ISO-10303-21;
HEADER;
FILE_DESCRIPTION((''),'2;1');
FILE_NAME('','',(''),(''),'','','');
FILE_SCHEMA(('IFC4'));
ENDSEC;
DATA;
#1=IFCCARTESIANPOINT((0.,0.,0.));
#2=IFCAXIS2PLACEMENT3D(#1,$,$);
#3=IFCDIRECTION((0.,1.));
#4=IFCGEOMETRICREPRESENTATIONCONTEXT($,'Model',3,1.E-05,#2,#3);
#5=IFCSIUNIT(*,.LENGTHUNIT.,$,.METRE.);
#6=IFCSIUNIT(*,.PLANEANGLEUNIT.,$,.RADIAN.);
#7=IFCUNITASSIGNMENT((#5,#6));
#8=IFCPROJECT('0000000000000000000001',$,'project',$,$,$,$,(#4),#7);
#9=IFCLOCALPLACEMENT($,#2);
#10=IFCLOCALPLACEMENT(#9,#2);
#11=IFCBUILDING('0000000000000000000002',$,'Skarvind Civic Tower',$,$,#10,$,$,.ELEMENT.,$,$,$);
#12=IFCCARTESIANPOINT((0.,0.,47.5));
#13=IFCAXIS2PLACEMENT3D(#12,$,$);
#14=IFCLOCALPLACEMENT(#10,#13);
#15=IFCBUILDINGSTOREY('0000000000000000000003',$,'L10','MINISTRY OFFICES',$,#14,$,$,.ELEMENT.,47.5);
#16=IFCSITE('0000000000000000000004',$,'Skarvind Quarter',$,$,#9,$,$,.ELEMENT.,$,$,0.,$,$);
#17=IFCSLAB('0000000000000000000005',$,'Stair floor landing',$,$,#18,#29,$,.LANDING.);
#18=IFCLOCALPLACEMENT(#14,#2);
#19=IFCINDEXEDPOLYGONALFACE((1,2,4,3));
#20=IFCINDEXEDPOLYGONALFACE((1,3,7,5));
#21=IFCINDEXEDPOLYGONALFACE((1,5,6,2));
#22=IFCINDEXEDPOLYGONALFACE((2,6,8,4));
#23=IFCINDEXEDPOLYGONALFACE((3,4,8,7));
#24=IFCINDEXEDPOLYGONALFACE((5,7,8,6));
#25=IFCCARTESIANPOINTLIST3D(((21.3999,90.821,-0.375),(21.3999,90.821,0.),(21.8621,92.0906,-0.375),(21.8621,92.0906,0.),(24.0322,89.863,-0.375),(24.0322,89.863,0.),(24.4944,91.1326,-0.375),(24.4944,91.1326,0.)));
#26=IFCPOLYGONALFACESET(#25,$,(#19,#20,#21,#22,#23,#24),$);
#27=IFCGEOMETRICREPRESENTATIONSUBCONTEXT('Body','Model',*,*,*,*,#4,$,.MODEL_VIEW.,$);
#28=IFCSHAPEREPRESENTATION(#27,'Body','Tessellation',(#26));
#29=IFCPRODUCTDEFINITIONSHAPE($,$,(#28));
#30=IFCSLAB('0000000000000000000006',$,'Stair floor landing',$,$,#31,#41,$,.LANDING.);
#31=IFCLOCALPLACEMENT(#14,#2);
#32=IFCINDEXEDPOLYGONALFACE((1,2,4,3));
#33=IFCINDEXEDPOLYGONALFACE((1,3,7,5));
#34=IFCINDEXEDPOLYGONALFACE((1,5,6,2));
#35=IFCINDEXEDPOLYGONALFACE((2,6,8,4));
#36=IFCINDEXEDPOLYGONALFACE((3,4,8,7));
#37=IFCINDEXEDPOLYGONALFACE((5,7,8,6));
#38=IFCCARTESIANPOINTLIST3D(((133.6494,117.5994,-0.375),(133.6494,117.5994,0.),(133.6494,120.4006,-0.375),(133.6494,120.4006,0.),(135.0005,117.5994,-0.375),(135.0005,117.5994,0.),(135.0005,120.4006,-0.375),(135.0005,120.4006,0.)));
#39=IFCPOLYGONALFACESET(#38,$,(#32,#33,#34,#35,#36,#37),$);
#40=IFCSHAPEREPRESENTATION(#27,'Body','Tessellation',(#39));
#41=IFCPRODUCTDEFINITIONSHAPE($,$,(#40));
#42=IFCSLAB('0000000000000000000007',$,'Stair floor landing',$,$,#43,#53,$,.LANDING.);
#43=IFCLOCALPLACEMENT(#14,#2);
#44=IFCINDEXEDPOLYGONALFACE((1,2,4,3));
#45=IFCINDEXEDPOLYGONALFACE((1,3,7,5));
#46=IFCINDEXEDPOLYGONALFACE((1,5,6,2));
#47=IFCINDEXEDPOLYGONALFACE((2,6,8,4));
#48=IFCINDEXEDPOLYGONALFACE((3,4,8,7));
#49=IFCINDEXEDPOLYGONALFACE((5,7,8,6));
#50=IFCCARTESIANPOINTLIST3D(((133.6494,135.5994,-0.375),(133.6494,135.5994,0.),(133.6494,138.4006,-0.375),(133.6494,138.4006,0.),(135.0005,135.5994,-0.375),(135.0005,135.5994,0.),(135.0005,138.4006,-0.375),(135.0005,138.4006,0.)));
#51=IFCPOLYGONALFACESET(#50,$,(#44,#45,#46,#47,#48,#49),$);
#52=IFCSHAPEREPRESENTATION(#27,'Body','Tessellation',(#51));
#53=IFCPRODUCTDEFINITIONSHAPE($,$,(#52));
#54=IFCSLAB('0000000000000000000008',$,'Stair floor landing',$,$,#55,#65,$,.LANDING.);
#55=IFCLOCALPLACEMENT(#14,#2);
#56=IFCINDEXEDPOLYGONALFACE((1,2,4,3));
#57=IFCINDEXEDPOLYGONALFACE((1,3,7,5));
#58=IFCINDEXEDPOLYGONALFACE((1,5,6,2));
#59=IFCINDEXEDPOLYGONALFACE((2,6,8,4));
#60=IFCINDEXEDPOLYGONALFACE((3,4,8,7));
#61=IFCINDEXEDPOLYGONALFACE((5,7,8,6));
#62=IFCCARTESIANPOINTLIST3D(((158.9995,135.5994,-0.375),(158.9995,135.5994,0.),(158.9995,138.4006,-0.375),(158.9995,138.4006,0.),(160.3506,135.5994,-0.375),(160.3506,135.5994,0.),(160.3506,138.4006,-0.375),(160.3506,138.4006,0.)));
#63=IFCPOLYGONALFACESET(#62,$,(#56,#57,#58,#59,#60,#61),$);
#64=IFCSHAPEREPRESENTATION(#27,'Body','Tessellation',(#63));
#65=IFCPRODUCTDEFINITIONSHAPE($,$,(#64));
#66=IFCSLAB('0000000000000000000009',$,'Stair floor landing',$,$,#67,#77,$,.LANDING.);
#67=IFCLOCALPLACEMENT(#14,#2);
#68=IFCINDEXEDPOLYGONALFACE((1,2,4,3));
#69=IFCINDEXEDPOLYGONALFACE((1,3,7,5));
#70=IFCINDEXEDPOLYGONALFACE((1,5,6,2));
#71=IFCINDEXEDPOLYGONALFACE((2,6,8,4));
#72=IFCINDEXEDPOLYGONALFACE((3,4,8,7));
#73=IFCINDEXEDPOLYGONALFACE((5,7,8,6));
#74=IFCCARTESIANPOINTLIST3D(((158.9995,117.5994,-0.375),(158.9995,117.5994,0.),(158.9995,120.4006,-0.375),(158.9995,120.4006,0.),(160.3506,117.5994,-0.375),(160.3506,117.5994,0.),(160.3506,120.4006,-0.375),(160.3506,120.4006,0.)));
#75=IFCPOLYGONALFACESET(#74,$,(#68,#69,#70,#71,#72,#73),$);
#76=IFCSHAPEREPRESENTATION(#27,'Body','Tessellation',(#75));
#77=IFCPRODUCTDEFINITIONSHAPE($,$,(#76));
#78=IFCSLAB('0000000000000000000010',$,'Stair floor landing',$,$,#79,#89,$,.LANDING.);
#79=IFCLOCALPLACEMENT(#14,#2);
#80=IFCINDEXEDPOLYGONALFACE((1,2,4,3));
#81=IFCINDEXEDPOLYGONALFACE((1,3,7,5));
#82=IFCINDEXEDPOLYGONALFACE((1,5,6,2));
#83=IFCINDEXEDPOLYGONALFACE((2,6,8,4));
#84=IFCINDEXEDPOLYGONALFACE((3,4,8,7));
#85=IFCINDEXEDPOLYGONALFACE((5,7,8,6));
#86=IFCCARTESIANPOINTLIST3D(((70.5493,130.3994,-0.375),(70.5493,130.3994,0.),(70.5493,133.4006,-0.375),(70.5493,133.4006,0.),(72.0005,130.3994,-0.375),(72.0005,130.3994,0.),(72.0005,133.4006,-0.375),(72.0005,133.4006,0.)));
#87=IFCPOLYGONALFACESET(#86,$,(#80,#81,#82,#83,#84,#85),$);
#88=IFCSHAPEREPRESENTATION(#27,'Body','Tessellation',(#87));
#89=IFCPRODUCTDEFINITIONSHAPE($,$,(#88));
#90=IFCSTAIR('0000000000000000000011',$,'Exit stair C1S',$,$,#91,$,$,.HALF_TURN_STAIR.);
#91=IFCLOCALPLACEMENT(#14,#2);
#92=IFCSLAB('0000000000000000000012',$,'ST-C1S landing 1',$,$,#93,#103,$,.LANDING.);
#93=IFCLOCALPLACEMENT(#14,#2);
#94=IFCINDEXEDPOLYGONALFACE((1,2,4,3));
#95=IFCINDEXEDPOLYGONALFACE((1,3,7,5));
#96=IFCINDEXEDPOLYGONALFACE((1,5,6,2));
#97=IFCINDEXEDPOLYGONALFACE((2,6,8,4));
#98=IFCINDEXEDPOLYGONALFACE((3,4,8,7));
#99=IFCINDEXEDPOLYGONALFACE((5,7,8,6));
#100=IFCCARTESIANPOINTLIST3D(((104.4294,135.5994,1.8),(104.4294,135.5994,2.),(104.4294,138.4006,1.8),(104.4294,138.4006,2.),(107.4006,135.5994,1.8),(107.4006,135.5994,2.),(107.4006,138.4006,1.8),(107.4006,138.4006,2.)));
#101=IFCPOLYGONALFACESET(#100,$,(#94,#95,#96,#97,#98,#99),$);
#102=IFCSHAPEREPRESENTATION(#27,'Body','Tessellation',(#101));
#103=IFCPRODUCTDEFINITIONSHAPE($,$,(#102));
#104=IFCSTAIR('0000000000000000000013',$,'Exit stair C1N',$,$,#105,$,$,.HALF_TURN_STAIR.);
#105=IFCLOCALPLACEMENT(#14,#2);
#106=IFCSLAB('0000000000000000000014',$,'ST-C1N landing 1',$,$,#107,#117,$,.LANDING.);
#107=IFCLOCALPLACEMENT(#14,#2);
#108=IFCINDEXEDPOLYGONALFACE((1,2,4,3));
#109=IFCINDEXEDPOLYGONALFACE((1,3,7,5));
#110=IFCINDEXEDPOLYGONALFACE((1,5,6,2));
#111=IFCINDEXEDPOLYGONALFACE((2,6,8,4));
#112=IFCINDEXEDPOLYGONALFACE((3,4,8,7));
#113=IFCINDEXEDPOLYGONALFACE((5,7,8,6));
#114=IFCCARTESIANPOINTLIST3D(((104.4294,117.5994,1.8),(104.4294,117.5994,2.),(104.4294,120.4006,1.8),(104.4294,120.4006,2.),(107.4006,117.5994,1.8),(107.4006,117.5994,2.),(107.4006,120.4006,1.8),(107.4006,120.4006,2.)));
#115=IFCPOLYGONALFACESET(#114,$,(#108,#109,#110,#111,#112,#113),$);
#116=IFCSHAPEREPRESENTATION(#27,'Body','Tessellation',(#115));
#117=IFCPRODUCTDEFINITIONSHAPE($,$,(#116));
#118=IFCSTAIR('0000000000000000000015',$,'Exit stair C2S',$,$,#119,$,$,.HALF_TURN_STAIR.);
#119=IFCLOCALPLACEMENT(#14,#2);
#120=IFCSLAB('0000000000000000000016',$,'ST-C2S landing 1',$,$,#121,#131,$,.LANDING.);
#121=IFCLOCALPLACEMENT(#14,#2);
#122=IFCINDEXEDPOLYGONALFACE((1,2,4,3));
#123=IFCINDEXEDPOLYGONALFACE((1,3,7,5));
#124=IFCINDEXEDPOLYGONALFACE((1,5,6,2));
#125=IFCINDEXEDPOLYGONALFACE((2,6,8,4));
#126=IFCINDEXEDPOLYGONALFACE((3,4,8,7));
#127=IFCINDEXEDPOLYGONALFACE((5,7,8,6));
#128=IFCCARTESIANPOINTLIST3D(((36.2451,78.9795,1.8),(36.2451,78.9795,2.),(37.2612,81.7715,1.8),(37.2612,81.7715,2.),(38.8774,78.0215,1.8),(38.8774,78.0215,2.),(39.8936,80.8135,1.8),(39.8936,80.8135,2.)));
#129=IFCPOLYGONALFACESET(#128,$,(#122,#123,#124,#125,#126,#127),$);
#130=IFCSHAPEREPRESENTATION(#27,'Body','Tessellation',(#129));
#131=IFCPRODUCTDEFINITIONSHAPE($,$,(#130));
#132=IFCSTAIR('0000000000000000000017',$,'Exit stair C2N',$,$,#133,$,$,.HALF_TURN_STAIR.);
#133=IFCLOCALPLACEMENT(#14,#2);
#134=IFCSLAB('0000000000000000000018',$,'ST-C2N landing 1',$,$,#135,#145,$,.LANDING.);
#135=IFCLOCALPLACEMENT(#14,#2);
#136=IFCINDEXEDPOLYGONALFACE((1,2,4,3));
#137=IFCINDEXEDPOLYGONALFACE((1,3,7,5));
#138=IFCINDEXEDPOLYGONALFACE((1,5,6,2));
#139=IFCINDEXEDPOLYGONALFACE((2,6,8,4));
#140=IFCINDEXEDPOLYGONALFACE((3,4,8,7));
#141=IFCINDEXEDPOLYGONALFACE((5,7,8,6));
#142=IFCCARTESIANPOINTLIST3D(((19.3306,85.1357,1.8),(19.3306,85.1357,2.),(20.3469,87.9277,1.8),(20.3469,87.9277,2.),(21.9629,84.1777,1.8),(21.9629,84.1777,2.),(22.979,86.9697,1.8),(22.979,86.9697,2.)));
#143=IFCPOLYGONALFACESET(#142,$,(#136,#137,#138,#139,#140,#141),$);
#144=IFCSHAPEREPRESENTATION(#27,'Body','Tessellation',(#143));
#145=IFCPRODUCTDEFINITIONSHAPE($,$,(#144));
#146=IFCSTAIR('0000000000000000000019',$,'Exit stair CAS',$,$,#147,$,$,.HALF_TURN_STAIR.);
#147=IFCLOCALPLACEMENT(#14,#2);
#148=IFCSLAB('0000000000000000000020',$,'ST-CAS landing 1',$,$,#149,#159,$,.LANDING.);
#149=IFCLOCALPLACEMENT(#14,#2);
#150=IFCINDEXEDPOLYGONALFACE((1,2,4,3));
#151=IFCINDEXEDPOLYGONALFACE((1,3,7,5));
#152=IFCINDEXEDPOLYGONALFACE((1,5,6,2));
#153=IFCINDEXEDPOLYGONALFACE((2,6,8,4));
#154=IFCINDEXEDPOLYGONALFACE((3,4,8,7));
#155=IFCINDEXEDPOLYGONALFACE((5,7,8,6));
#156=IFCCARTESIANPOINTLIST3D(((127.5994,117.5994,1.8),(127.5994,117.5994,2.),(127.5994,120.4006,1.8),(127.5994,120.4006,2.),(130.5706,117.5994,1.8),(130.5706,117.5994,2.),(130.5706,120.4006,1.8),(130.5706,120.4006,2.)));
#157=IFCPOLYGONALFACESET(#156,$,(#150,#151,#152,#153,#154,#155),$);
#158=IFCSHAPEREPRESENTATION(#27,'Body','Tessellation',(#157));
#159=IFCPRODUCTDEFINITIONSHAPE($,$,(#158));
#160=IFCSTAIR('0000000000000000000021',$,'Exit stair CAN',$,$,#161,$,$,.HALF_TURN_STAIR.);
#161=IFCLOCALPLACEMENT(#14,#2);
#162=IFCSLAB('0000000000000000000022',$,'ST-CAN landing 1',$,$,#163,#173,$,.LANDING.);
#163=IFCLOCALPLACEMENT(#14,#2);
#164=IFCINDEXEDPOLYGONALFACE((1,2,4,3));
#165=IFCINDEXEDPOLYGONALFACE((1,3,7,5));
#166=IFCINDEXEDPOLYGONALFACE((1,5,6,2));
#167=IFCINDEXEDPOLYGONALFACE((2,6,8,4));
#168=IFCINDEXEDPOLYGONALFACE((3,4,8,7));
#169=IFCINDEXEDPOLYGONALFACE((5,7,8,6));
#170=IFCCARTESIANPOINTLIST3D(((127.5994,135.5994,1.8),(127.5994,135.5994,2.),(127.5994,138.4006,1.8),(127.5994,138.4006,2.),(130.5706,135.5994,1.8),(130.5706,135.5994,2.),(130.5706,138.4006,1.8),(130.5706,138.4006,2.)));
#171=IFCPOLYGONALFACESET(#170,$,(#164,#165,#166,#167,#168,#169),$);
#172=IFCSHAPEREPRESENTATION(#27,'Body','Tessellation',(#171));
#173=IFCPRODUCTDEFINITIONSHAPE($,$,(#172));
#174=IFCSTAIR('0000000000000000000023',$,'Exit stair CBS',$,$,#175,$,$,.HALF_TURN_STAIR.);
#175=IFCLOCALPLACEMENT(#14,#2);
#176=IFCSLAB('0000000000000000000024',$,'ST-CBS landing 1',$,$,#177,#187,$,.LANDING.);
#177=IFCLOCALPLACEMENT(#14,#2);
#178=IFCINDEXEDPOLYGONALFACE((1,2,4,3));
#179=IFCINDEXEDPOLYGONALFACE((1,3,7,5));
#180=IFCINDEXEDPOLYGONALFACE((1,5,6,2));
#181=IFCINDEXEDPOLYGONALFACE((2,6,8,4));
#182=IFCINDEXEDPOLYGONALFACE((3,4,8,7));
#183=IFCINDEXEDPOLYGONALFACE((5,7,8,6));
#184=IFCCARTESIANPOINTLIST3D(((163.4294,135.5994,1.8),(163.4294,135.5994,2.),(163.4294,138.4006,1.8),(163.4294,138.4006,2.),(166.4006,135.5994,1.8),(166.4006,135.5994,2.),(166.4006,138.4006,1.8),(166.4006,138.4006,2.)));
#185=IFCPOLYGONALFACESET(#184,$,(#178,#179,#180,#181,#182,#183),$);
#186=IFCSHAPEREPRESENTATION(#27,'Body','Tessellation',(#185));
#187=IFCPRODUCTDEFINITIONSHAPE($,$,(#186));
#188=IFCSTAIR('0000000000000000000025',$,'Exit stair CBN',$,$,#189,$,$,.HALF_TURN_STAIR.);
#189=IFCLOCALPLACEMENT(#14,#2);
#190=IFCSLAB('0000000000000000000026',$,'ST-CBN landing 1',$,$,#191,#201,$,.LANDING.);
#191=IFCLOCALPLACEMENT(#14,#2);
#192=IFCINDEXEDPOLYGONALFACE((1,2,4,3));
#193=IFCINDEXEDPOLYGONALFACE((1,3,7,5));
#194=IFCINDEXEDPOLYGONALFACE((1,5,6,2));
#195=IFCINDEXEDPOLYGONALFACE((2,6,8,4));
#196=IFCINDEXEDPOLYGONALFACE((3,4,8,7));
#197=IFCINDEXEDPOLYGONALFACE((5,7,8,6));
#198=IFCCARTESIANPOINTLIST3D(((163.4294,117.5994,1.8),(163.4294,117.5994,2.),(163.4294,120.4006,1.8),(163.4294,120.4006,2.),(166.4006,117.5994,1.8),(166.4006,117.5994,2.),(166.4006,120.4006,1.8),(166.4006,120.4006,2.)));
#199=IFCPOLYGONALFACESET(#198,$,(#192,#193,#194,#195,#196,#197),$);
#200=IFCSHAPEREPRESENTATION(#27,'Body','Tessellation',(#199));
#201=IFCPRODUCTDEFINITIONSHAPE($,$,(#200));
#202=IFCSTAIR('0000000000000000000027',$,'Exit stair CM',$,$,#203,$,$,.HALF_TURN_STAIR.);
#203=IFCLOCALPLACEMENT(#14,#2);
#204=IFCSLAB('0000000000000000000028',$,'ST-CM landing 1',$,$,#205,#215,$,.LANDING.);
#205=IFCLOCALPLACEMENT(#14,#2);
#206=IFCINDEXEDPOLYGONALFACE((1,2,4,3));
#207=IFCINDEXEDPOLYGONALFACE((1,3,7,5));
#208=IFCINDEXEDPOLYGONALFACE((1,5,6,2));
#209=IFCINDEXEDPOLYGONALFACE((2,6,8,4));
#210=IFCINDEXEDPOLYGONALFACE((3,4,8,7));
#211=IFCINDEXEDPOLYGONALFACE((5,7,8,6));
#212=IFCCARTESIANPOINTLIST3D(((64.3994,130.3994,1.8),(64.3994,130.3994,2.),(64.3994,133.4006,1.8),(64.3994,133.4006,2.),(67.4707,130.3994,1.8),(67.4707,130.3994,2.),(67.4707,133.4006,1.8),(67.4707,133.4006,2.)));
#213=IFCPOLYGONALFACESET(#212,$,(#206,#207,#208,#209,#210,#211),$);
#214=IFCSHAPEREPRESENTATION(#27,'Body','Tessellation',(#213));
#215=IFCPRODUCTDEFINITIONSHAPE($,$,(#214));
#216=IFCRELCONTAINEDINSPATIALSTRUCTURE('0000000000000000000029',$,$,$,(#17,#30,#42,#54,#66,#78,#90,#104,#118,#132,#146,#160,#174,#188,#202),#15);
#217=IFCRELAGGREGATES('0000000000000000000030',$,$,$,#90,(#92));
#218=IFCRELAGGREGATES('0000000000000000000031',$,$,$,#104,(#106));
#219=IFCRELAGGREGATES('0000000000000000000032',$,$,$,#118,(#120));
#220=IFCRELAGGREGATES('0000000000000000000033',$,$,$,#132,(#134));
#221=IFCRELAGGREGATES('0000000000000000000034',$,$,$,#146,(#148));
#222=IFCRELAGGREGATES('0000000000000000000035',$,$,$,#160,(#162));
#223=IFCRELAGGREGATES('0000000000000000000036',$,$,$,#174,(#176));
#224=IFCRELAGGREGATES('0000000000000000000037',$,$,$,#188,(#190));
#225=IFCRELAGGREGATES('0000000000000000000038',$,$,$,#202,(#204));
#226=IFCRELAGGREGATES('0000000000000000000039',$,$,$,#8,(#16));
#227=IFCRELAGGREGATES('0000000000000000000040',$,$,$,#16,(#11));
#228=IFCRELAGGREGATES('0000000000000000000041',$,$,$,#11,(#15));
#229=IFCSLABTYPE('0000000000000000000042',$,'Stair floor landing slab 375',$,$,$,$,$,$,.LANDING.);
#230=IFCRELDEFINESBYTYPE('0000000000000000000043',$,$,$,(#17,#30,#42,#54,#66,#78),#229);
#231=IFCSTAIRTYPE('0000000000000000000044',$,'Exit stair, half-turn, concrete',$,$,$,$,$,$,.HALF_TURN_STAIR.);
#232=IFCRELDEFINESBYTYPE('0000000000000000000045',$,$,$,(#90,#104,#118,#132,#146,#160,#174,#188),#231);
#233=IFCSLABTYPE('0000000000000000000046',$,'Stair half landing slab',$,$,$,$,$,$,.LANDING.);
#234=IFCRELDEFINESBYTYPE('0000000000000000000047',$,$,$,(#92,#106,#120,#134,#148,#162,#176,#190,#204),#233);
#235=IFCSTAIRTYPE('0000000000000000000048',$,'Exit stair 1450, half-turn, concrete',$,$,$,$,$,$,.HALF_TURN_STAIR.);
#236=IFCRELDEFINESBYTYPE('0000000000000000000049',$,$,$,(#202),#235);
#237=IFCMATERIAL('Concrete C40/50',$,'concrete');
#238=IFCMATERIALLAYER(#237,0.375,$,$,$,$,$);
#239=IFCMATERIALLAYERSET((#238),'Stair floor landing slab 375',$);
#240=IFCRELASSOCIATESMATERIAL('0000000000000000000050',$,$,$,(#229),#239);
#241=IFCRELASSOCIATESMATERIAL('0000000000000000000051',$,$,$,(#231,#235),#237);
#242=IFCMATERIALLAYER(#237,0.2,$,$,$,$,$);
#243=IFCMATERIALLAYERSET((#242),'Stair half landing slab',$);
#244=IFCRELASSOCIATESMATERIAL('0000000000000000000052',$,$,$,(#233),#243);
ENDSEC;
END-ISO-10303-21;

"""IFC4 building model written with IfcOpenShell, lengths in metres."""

from ifc_helpers import new_model, si_unit, direction, frame, origin, place, context, subcontext, project, spatial, polyline, outline, extrude, material, layer, layer_set, type_object, element, aggregate, save


model = new_model("IFC4")

# Units and contexts
model_context = context("Model", 3, precision=1e-05, world=origin(), true_north=direction((0.0, 1.0)))
body_context = subcontext(model_context, "Body", "Model", "MODEL_VIEW")
ifc_project = project(units=[si_unit("LENGTHUNIT", "METRE"), si_unit("PLANEANGLEUNIT", "RADIAN")], contexts=[model_context])

# Site, building, storey
site_placement = place(None, origin())
site = spatial("IfcSite", under=ifc_project, at=site_placement, Name="Skarvind Quarter", CompositionType="ELEMENT", RefElevation=0.0)
building_placement = place(site_placement, origin())
building = spatial("IfcBuilding", under=site, at=building_placement, Name="Skarvind Civic Tower", CompositionType="ELEMENT")
storey_placement = place(building_placement, frame((0.0, 0.0, 47.5)))
storey = spatial("IfcBuildingStorey", under=building, at=storey_placement, Name="L10", Description="MINISTRY OFFICES", CompositionType="ELEMENT", Elevation=47.5)

# Slabs
ifc_material_1 = material(Name="Concrete C40/50", Category="concrete")
ifc_layer_1 = layer(ifc_material_1, 0.375)
ifc_layer_set_1 = layer_set([ifc_layer_1], Name="Stair floor landing slab 375")
slab_type_1 = type_object("IfcSlabType", Name="Stair floor landing slab 375", PredefinedType="LANDING", material=ifc_layer_set_1)
slab_1_placement = place(storey_placement, frame((0.0, 0.0, -0.375)))
element("IfcSlab", 1, at=slab_1_placement, inside=storey, type_object=slab_type_1, Name="Stair floor landing", PredefinedType="LANDING", context=body_context, shape_type="SweptSolid", body=[
    extrude(outline(polyline([(24.0322, 89.863), (21.3999, 90.821), (21.8621, 92.0906), (24.4944, 91.1326), (24.0322, 89.863)])), origin(), (0.0, 0.0, 1.0), 0.375),
])
slab_2_placement = place(storey_placement, frame((0.0, 0.0, -0.375)))
element("IfcSlab", 2, at=slab_2_placement, inside=storey, type_object=slab_type_1, Name="Stair floor landing", PredefinedType="LANDING", context=body_context, shape_type="SweptSolid", body=[
    extrude(outline(polyline([(133.6494, 117.5994), (133.6494, 120.4006), (135.0005, 120.4006), (135.0005, 117.5994), (133.6494, 117.5994)])), origin(), (0.0, 0.0, 1.0), 0.375),
])
slab_3_placement = place(storey_placement, frame((0.0, 0.0, -0.375)))
element("IfcSlab", 3, at=slab_3_placement, inside=storey, type_object=slab_type_1, Name="Stair floor landing", PredefinedType="LANDING", context=body_context, shape_type="SweptSolid", body=[
    extrude(outline(polyline([(133.6494, 135.5994), (133.6494, 138.4006), (135.0005, 138.4006), (135.0005, 135.5994), (133.6494, 135.5994)])), origin(), (0.0, 0.0, 1.0), 0.375),
])
slab_4_placement = place(storey_placement, frame((0.0, 0.0, -0.375)))
element("IfcSlab", 4, at=slab_4_placement, inside=storey, type_object=slab_type_1, Name="Stair floor landing", PredefinedType="LANDING", context=body_context, shape_type="SweptSolid", body=[
    extrude(outline(polyline([(160.3506, 138.4006), (160.3506, 135.5994), (158.9995, 135.5994), (158.9995, 138.4006), (160.3506, 138.4006)])), origin(), (0.0, 0.0, 1.0), 0.375),
])
slab_5_placement = place(storey_placement, frame((0.0, 0.0, -0.375)))
element("IfcSlab", 5, at=slab_5_placement, inside=storey, type_object=slab_type_1, Name="Stair floor landing", PredefinedType="LANDING", context=body_context, shape_type="SweptSolid", body=[
    extrude(outline(polyline([(160.3506, 120.4006), (160.3506, 117.5994), (158.9995, 117.5994), (158.9995, 120.4006), (160.3506, 120.4006)])), origin(), (0.0, 0.0, 1.0), 0.375),
])
slab_6_placement = place(storey_placement, frame((0.0, 0.0, -0.375)))
element("IfcSlab", 6, at=slab_6_placement, inside=storey, type_object=slab_type_1, Name="Stair floor landing", PredefinedType="LANDING", context=body_context, shape_type="SweptSolid", body=[
    extrude(outline(polyline([(70.5493, 130.3994), (70.5493, 133.4006), (72.0005, 133.4006), (72.0005, 130.3994), (70.5493, 130.3994)])), origin(), (0.0, 0.0, 1.0), 0.375),
])

# Stairs, slabs
stair_type_1 = type_object("IfcStairType", Name="Exit stair, half-turn, concrete", PredefinedType="HALF_TURN_STAIR", material=ifc_material_1)
stair_1_placement = place(storey_placement, origin())
stair_1 = element("IfcStair", 7, at=stair_1_placement, inside=storey, type_object=stair_type_1, Name="Exit stair C1S", PredefinedType="HALF_TURN_STAIR")
ifc_layer_2 = layer(ifc_material_1, 0.2)
ifc_layer_set_2 = layer_set([ifc_layer_2], Name="Stair half landing slab")
slab_type_2 = type_object("IfcSlabType", Name="Stair half landing slab", PredefinedType="LANDING", material=ifc_layer_set_2)
slab_7_placement = place(storey_placement, frame((0.0, 0.0, 1.8)))
slab_7 = element("IfcSlab", 8, at=slab_7_placement, type_object=slab_type_2, Name="ST-C1S landing 1", PredefinedType="LANDING", context=body_context, shape_type="SweptSolid", body=[
    extrude(outline(polyline([(104.4294, 135.5994), (104.4294, 138.4006), (107.4006, 138.4006), (107.4006, 135.5994), (104.4294, 135.5994)])), origin(), (0.0, 0.0, 1.0), 0.2),
])
aggregate(stair_1, [slab_7])
stair_2_placement = place(storey_placement, origin())
stair_2 = element("IfcStair", 9, at=stair_2_placement, inside=storey, type_object=stair_type_1, Name="Exit stair C1N", PredefinedType="HALF_TURN_STAIR")
slab_8_placement = place(storey_placement, frame((0.0, 0.0, 1.8)))
slab_8 = element("IfcSlab", 10, at=slab_8_placement, type_object=slab_type_2, Name="ST-C1N landing 1", PredefinedType="LANDING", context=body_context, shape_type="SweptSolid", body=[
    extrude(outline(polyline([(104.4294, 117.5994), (104.4294, 120.4006), (107.4006, 120.4006), (107.4006, 117.5994), (104.4294, 117.5994)])), origin(), (0.0, 0.0, 1.0), 0.2),
])
aggregate(stair_2, [slab_8])
stair_3_placement = place(storey_placement, origin())
stair_3 = element("IfcStair", 11, at=stair_3_placement, inside=storey, type_object=stair_type_1, Name="Exit stair C2S", PredefinedType="HALF_TURN_STAIR")
slab_9_placement = place(storey_placement, frame((0.0, 0.0, 1.8)))
slab_9 = element("IfcSlab", 12, at=slab_9_placement, type_object=slab_type_2, Name="ST-C2S landing 1", PredefinedType="LANDING", context=body_context, shape_type="SweptSolid", body=[
    extrude(outline(polyline([(37.2612, 81.7715), (39.8936, 80.8135), (38.8774, 78.0215), (36.2451, 78.9795), (37.2612, 81.7715)])), origin(), (0.0, 0.0, 1.0), 0.2),
])
aggregate(stair_3, [slab_9])
stair_4_placement = place(storey_placement, origin())
stair_4 = element("IfcStair", 13, at=stair_4_placement, inside=storey, type_object=stair_type_1, Name="Exit stair C2N", PredefinedType="HALF_TURN_STAIR")
slab_10_placement = place(storey_placement, frame((0.0, 0.0, 1.8)))
slab_10 = element("IfcSlab", 14, at=slab_10_placement, type_object=slab_type_2, Name="ST-C2N landing 1", PredefinedType="LANDING", context=body_context, shape_type="SweptSolid", body=[
    extrude(outline(polyline([(20.3469, 87.9277), (22.979, 86.9697), (21.9629, 84.1777), (19.3306, 85.1357), (20.3469, 87.9277)])), origin(), (0.0, 0.0, 1.0), 0.2),
])
aggregate(stair_4, [slab_10])
stair_5_placement = place(storey_placement, origin())
stair_5 = element("IfcStair", 15, at=stair_5_placement, inside=storey, type_object=stair_type_1, Name="Exit stair CAS", PredefinedType="HALF_TURN_STAIR")
slab_11_placement = place(storey_placement, frame((0.0, 0.0, 1.8)))
slab_11 = element("IfcSlab", 16, at=slab_11_placement, type_object=slab_type_2, Name="ST-CAS landing 1", PredefinedType="LANDING", context=body_context, shape_type="SweptSolid", body=[
    extrude(outline(polyline([(130.5706, 120.4006), (130.5706, 117.5994), (127.5994, 117.5994), (127.5994, 120.4006), (130.5706, 120.4006)])), origin(), (0.0, 0.0, 1.0), 0.2),
])
aggregate(stair_5, [slab_11])
stair_6_placement = place(storey_placement, origin())
stair_6 = element("IfcStair", 17, at=stair_6_placement, inside=storey, type_object=stair_type_1, Name="Exit stair CAN", PredefinedType="HALF_TURN_STAIR")
slab_12_placement = place(storey_placement, frame((0.0, 0.0, 1.8)))
slab_12 = element("IfcSlab", 18, at=slab_12_placement, type_object=slab_type_2, Name="ST-CAN landing 1", PredefinedType="LANDING", context=body_context, shape_type="SweptSolid", body=[
    extrude(outline(polyline([(130.5706, 138.4006), (130.5706, 135.5994), (127.5994, 135.5994), (127.5994, 138.4006), (130.5706, 138.4006)])), origin(), (0.0, 0.0, 1.0), 0.2),
])
aggregate(stair_6, [slab_12])
stair_7_placement = place(storey_placement, origin())
stair_7 = element("IfcStair", 19, at=stair_7_placement, inside=storey, type_object=stair_type_1, Name="Exit stair CBS", PredefinedType="HALF_TURN_STAIR")
slab_13_placement = place(storey_placement, frame((0.0, 0.0, 1.8)))
slab_13 = element("IfcSlab", 20, at=slab_13_placement, type_object=slab_type_2, Name="ST-CBS landing 1", PredefinedType="LANDING", context=body_context, shape_type="SweptSolid", body=[
    extrude(outline(polyline([(163.4294, 135.5994), (163.4294, 138.4006), (166.4006, 138.4006), (166.4006, 135.5994), (163.4294, 135.5994)])), origin(), (0.0, 0.0, 1.0), 0.2),
])
aggregate(stair_7, [slab_13])
stair_8_placement = place(storey_placement, origin())
stair_8 = element("IfcStair", 21, at=stair_8_placement, inside=storey, type_object=stair_type_1, Name="Exit stair CBN", PredefinedType="HALF_TURN_STAIR")
slab_14_placement = place(storey_placement, frame((0.0, 0.0, 1.8)))
slab_14 = element("IfcSlab", 22, at=slab_14_placement, type_object=slab_type_2, Name="ST-CBN landing 1", PredefinedType="LANDING", context=body_context, shape_type="SweptSolid", body=[
    extrude(outline(polyline([(163.4294, 117.5994), (163.4294, 120.4006), (166.4006, 120.4006), (166.4006, 117.5994), (163.4294, 117.5994)])), origin(), (0.0, 0.0, 1.0), 0.2),
])
aggregate(stair_8, [slab_14])
stair_type_2 = type_object("IfcStairType", Name="Exit stair 1450, half-turn, concrete", PredefinedType="HALF_TURN_STAIR", material=ifc_material_1)
stair_9_placement = place(storey_placement, origin())
stair_9 = element("IfcStair", 23, at=stair_9_placement, inside=storey, type_object=stair_type_2, Name="Exit stair CM", PredefinedType="HALF_TURN_STAIR")
slab_15_placement = place(storey_placement, frame((0.0, 0.0, 1.8)))
slab_15 = element("IfcSlab", 24, at=slab_15_placement, type_object=slab_type_2, Name="ST-CM landing 1", PredefinedType="LANDING", context=body_context, shape_type="SweptSolid", body=[
    extrude(outline(polyline([(67.4707, 133.4006), (67.4707, 130.3994), (64.3994, 130.3994), (64.3994, 133.4006), (67.4707, 133.4006)])), origin(), (0.0, 0.0, 1.0), 0.2),
])
aggregate(stair_9, [slab_15])

save(model, "model.ifc")
